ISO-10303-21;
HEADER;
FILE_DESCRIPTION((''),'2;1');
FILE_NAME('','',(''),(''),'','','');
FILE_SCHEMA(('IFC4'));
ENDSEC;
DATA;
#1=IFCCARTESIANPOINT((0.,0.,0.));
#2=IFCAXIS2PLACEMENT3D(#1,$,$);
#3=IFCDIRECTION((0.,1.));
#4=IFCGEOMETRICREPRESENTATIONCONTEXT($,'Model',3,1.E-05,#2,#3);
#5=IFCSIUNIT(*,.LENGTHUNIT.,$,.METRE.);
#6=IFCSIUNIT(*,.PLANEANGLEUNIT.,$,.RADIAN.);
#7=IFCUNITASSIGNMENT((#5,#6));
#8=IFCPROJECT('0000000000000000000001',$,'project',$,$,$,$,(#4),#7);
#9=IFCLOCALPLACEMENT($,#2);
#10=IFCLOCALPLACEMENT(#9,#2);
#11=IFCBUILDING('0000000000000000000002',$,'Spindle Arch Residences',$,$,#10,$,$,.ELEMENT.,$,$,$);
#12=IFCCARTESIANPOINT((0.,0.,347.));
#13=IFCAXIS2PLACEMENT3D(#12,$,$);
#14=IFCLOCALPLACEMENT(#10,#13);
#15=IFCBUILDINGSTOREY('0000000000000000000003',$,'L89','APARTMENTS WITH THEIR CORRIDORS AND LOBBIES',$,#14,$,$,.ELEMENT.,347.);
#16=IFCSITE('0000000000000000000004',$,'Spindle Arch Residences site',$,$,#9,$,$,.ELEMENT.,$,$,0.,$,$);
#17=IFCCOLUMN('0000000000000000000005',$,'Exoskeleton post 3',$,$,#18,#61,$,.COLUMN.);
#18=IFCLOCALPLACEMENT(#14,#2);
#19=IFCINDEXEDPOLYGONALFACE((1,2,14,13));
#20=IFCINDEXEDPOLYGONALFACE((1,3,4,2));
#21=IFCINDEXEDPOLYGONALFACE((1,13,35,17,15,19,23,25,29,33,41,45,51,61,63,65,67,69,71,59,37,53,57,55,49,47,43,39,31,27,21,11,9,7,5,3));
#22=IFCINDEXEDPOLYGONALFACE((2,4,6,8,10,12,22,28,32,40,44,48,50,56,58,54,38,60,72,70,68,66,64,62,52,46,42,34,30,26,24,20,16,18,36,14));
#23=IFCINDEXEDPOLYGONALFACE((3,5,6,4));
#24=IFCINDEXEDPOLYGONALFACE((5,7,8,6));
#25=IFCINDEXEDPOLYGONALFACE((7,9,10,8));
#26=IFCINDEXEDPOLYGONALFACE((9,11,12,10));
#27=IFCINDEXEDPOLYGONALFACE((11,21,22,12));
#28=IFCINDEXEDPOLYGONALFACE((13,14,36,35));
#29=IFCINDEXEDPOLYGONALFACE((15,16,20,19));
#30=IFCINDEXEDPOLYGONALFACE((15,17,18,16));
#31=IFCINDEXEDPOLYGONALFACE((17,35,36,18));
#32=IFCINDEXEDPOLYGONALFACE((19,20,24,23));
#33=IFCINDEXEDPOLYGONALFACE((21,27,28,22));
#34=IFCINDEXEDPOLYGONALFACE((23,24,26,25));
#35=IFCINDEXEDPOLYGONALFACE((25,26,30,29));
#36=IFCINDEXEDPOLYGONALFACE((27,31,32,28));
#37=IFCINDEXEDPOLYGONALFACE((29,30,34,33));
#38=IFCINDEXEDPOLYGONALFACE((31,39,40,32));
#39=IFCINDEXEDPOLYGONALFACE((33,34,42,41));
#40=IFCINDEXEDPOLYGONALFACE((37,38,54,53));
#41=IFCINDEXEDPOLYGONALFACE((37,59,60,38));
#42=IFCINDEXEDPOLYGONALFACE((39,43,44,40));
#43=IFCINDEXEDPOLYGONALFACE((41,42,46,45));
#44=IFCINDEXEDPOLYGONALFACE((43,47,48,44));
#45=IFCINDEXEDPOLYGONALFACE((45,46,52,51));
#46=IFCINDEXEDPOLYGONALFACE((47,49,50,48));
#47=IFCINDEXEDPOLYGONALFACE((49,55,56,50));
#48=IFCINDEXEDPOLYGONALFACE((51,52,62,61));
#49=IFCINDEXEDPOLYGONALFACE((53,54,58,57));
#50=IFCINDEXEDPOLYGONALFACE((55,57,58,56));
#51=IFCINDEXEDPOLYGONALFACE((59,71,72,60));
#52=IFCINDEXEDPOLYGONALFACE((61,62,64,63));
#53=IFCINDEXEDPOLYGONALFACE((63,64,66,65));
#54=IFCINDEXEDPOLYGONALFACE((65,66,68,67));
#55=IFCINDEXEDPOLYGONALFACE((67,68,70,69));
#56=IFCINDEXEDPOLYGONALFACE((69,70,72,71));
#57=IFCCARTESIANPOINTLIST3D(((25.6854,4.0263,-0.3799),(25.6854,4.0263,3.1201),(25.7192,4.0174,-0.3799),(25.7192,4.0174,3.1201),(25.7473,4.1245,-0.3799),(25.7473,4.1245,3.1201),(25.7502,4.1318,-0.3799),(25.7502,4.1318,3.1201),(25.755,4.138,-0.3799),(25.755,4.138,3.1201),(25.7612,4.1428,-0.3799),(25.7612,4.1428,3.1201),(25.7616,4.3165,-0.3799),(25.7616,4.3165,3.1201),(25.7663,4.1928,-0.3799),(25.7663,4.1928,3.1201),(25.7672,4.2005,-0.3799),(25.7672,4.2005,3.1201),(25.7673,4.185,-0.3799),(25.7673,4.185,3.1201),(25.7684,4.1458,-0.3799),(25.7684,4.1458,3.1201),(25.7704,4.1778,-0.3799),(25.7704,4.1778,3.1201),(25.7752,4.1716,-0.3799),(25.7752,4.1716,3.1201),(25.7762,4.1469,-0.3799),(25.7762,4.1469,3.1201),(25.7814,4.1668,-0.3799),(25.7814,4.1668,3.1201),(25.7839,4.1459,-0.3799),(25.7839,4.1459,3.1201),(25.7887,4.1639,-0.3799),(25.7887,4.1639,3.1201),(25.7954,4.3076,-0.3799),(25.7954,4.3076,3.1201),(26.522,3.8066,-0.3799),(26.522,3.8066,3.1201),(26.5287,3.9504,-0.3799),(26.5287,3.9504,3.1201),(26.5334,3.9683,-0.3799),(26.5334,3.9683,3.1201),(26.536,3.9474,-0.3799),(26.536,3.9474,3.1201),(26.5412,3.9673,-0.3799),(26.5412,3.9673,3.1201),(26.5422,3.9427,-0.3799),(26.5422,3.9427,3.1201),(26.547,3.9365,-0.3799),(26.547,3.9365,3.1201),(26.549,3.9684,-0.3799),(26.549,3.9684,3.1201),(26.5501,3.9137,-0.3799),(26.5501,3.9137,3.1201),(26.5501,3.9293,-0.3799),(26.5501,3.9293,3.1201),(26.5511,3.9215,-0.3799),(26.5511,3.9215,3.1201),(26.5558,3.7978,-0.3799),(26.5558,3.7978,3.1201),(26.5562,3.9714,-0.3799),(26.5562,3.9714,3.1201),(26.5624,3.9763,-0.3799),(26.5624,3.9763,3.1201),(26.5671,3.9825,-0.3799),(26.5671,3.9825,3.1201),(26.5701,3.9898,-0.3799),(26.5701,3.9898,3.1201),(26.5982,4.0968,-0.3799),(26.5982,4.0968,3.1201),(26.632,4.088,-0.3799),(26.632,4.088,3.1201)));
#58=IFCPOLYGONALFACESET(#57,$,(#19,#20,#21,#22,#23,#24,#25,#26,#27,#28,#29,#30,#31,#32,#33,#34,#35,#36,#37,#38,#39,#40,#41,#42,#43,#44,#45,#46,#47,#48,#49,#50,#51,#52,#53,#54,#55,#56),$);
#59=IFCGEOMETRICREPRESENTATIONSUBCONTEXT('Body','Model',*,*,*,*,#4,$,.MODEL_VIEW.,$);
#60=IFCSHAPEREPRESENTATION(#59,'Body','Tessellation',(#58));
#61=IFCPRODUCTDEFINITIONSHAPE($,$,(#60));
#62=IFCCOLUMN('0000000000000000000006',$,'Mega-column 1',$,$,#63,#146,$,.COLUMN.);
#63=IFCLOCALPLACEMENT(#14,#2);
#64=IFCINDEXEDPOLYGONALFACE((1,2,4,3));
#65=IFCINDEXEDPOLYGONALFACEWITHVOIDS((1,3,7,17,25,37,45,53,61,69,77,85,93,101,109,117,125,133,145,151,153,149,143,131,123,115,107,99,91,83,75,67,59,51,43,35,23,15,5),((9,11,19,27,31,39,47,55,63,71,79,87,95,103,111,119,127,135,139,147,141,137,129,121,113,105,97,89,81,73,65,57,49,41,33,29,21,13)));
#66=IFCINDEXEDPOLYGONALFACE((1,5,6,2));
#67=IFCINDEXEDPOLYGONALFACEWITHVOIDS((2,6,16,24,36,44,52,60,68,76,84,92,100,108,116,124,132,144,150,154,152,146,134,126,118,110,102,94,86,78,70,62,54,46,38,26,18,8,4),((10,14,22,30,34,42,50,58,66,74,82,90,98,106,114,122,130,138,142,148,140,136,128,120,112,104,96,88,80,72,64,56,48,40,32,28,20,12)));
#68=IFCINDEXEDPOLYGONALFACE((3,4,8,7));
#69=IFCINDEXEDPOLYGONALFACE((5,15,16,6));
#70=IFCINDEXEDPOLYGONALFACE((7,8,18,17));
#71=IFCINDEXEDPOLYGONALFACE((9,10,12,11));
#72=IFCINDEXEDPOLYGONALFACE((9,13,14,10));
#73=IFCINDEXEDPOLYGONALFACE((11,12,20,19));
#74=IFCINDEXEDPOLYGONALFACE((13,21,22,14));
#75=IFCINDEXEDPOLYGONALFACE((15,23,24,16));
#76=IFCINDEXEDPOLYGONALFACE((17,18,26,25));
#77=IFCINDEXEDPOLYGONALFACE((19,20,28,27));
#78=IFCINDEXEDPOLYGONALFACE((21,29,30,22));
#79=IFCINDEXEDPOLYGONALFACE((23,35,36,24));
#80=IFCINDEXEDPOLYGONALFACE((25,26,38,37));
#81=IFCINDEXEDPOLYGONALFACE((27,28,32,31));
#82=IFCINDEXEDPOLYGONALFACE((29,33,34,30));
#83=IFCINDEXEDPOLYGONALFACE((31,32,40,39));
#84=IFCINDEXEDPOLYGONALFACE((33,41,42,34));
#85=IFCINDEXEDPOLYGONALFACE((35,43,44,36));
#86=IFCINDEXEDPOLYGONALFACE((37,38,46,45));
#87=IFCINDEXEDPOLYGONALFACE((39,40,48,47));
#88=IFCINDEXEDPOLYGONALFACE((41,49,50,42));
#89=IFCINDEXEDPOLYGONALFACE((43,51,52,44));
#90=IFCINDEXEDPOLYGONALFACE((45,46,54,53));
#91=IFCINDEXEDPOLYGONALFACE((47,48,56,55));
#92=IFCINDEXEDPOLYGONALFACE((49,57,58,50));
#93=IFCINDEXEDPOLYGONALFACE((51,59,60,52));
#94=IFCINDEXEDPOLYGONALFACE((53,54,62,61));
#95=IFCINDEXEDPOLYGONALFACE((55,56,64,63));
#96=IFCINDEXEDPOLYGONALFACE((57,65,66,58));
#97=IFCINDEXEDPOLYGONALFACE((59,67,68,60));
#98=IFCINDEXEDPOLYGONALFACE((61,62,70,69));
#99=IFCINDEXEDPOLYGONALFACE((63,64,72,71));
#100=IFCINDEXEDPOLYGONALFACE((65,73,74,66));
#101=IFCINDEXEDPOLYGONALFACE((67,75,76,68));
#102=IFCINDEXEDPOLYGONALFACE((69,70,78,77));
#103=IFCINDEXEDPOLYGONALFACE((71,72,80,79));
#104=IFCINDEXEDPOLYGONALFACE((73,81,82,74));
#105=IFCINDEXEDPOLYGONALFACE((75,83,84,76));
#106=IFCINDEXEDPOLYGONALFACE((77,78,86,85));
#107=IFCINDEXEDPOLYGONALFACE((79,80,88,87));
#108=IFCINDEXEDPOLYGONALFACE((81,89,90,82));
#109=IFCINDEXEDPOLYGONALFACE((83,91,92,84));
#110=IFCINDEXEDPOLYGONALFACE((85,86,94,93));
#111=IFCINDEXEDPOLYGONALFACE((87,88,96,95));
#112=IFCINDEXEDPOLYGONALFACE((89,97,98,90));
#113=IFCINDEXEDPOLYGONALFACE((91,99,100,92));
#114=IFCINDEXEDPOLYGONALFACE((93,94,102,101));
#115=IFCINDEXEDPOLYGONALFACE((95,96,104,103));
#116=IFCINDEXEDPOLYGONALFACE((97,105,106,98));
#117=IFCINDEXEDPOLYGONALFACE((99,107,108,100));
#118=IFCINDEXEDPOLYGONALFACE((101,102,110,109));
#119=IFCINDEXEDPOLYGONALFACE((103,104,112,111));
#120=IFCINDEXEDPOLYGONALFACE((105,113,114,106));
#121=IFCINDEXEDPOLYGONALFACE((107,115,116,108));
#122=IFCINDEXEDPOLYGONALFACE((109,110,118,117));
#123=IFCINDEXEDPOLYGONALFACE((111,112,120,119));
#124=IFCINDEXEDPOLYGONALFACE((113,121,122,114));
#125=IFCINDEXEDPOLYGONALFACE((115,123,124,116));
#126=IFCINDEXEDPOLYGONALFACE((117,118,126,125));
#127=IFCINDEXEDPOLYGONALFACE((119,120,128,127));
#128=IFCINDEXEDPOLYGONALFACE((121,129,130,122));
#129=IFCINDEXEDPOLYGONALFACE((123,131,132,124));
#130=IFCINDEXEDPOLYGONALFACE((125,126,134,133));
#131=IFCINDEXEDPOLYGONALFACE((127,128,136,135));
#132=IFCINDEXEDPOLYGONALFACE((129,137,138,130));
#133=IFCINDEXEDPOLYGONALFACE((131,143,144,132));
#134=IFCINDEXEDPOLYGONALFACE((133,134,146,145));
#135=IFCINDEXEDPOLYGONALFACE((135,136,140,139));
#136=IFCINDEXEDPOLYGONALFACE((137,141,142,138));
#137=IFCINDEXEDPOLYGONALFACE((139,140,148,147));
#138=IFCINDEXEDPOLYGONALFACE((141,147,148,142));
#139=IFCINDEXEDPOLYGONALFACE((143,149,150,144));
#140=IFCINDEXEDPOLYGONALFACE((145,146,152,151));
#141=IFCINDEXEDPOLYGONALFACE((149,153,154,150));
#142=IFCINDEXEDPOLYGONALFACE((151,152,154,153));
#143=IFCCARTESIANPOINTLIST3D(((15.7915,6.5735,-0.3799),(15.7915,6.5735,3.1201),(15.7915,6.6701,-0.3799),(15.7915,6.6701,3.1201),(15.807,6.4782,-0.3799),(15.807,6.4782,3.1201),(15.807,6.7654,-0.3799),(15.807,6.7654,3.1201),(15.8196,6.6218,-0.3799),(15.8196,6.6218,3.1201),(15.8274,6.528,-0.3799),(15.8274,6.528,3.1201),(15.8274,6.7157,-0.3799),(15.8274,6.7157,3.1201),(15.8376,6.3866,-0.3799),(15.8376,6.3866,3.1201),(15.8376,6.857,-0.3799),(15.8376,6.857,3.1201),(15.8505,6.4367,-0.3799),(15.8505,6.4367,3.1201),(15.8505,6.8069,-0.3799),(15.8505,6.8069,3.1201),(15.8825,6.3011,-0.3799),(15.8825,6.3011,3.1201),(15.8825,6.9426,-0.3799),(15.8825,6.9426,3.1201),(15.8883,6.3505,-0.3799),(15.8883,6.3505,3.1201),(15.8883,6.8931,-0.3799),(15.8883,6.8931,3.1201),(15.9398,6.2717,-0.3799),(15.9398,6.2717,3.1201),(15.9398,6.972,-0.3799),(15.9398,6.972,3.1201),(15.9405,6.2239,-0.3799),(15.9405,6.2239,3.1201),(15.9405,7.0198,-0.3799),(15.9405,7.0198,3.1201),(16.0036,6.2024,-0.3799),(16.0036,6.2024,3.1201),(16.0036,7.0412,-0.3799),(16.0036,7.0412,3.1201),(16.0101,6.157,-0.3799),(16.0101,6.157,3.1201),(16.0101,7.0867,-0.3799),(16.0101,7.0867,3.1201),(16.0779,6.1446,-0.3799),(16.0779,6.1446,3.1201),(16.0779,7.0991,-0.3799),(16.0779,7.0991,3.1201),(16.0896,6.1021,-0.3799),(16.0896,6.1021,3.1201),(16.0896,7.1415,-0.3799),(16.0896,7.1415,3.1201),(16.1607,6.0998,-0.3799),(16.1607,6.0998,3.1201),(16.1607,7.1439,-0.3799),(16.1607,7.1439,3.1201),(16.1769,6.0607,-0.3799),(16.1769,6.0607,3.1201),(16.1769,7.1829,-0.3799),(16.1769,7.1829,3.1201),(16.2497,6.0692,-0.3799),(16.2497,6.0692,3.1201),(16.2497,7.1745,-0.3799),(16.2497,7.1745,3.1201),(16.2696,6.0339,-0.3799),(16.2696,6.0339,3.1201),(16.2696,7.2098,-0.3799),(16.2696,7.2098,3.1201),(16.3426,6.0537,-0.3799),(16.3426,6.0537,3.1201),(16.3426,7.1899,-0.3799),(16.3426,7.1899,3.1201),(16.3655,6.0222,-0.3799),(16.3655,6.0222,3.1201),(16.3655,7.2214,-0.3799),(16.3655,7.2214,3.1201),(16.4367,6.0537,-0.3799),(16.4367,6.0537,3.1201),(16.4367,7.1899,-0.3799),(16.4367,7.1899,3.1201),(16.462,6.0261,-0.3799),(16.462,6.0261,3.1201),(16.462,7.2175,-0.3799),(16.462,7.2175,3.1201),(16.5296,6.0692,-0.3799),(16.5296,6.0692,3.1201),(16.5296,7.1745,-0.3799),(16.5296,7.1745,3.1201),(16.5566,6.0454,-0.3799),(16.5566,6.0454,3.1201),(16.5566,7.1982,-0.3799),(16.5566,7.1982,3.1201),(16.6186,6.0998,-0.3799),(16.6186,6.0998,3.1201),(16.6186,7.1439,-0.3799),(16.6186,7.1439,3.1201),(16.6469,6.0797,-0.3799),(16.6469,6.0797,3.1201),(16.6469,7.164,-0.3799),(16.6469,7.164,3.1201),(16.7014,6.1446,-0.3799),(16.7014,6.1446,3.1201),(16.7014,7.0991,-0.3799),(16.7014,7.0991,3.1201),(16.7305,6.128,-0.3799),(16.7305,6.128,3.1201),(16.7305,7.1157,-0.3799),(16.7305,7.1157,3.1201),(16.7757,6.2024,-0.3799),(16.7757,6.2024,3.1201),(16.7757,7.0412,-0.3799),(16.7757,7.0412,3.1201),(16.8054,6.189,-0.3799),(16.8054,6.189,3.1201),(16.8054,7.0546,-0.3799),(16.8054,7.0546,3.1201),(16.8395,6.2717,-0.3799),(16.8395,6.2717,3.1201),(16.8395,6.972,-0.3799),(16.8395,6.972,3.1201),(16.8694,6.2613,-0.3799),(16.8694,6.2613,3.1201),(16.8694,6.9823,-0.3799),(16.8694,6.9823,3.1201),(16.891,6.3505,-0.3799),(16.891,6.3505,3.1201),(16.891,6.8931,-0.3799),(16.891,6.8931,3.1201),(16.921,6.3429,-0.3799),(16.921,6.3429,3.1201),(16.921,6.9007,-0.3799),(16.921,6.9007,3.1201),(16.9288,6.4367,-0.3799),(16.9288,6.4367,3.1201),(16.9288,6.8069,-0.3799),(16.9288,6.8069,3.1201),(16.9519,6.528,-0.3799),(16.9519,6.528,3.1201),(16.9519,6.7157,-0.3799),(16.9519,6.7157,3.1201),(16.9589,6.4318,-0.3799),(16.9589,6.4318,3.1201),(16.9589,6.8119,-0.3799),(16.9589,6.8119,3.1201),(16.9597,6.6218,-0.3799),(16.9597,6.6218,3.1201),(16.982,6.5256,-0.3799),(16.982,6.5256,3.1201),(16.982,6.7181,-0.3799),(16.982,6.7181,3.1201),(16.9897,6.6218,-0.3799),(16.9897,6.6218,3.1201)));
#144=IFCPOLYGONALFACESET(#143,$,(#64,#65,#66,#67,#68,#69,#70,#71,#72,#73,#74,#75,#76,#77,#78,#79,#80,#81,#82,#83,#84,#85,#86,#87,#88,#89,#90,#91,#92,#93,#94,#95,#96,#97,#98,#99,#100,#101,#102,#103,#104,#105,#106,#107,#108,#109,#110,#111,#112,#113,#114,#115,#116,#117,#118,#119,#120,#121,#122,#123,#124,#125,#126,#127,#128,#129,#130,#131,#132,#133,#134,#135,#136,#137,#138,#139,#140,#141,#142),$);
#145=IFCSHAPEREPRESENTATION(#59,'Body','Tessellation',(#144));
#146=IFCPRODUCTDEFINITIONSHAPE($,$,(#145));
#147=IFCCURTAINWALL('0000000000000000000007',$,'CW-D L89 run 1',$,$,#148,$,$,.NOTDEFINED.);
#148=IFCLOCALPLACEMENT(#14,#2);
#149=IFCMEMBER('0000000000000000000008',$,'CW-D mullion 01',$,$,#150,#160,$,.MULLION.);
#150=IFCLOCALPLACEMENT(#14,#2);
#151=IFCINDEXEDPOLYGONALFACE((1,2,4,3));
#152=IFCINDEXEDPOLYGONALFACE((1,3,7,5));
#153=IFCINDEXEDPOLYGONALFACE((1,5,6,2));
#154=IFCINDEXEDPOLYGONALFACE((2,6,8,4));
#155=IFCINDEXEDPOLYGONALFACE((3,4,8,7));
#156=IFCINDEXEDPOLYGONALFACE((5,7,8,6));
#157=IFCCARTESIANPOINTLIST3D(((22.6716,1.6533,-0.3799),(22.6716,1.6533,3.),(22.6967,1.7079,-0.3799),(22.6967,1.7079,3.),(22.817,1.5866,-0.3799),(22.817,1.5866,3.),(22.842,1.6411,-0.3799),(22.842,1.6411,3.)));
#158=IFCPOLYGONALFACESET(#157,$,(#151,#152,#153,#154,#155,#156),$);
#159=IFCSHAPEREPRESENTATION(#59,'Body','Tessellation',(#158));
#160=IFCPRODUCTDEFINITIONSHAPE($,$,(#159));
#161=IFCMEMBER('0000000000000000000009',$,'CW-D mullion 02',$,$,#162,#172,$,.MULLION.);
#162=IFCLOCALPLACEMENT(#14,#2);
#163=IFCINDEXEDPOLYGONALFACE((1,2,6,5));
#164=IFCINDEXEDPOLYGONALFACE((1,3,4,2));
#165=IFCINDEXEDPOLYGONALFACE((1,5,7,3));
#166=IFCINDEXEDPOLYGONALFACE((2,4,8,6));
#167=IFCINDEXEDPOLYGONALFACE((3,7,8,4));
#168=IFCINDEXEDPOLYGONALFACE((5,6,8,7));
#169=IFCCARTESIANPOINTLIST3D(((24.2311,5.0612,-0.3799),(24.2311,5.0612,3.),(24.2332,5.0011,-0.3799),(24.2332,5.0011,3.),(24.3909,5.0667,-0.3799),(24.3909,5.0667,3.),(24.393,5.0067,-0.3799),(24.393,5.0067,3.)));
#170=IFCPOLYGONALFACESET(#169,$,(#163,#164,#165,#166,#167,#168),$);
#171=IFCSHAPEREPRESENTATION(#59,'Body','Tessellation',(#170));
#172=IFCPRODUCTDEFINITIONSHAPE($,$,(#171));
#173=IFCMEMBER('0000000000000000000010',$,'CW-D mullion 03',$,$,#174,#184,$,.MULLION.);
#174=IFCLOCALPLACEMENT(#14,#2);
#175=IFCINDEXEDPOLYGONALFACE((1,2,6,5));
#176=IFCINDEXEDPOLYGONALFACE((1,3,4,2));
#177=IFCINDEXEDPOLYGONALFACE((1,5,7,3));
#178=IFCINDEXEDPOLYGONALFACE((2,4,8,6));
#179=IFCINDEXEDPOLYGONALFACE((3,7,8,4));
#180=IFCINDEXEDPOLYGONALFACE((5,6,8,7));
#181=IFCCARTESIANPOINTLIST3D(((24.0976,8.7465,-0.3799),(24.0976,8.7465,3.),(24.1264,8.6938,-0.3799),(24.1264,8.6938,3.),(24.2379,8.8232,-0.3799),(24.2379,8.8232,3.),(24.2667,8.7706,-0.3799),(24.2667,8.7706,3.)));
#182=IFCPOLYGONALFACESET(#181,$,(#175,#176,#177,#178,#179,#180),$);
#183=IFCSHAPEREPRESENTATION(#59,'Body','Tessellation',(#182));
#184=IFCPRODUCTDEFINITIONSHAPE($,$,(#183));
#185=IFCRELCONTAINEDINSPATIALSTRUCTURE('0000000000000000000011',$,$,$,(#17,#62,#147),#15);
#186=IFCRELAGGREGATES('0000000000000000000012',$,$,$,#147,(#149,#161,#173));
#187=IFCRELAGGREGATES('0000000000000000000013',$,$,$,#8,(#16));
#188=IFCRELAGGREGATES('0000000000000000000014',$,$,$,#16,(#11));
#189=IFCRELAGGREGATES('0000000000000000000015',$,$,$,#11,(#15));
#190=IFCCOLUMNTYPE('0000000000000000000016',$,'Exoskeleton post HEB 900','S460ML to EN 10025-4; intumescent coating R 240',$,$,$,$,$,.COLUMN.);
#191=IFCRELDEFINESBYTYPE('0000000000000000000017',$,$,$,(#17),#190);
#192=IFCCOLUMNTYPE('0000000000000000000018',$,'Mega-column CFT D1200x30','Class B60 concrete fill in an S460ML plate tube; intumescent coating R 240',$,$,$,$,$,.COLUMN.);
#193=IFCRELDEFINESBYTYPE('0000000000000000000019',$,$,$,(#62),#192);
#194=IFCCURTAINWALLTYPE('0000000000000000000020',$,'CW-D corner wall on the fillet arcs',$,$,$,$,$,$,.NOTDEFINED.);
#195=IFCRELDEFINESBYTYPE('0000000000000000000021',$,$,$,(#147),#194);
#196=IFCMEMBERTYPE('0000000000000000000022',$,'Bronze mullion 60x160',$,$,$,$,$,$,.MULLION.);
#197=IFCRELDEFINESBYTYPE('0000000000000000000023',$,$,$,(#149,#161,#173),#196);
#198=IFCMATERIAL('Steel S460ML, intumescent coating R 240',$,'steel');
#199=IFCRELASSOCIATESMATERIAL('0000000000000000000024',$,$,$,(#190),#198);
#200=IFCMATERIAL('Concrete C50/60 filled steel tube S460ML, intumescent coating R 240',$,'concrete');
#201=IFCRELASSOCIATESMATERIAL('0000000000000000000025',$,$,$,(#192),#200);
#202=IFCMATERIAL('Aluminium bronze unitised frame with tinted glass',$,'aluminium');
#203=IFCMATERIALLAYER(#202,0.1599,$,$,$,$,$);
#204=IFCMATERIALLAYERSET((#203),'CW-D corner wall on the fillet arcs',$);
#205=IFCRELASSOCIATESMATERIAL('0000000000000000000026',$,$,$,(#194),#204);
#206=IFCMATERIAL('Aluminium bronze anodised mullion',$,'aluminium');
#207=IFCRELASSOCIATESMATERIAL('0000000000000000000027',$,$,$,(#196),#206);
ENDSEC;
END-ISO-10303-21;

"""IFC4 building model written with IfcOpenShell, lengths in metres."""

from ifc_helpers import new_model, si_unit, direction, frame, origin, origin_2d, place, context, subcontext, project, spatial, rectangle, hollow_circle, i_section, extrude, material, layer, layer_set, material_profile, profile_set, type_object, element, aggregate, save


model = new_model("IFC4")

# Units and contexts
model_context = context("Model", 3, precision=1e-05, world=origin(), true_north=direction((0.0, 1.0)))
body_context = subcontext(model_context, "Body", "Model", "MODEL_VIEW")
ifc_project = project(units=[si_unit("LENGTHUNIT", "METRE"), si_unit("PLANEANGLEUNIT", "RADIAN")], contexts=[model_context])

# Site, building, storey
site_placement = place(None, origin())
site = spatial("IfcSite", under=ifc_project, at=site_placement, Name="Spindle Arch Residences site", CompositionType="ELEMENT", RefElevation=0.0)
building_placement = place(site_placement, origin())
building = spatial("IfcBuilding", under=site, at=building_placement, Name="Spindle Arch Residences", CompositionType="ELEMENT")
storey_placement = place(building_placement, frame((0.0, 0.0, 347.0)))
storey = spatial("IfcBuildingStorey", under=building, at=storey_placement, Name="L89", Description="APARTMENTS WITH THEIR CORRIDORS AND LOBBIES", CompositionType="ELEMENT", Elevation=347.0)

# Columns
ifc_material_1 = material(Name="Steel S460ML, intumescent coating R 240", Category="steel")
ifc_material_profile_1 = material_profile(ifc_material_1, i_section(OverallWidth=0.3, OverallDepth=0.8999, WebThickness=0.0186, FlangeThickness=0.0349, FilletRadius=0.03, at=origin_2d()), Name="HEB 900")
ifc_profile_set_1 = profile_set([ifc_material_profile_1], Name="Steel S460ML, intumescent coating R 240")
column_type_1 = type_object("IfcColumnType", Name="Exoskeleton post HEB 900", Description="S460ML to EN 10025-4; intumescent coating R 240", PredefinedType="COLUMN", material=ifc_profile_set_1)
column_1_placement = place(storey_placement, frame((26.1587, 4.0571, -0.3799), z_axis=(0.0, 0.0, 1.0), x_axis=(-0.253941, -0.96722, 0.0)))
element("IfcColumn", 1, at=column_1_placement, inside=storey, type_object=column_type_1, Name="Exoskeleton post 3", PredefinedType="COLUMN", context=body_context, shape_type="SweptSolid", body=[
    extrude(i_section(OverallWidth=0.3, OverallDepth=0.8999, WebThickness=0.0186, FlangeThickness=0.0349, FilletRadius=0.03, at=origin_2d()), origin(), (0.0, 0.0, 1.0), 3.5),
])
ifc_material_2 = material(Name="Concrete C50/60 filled steel tube S460ML, intumescent coating R 240", Category="concrete")
ifc_material_profile_2 = material_profile(ifc_material_2, hollow_circle(Radius=0.6001, WallThickness=0.03, at=origin_2d()), Name="CFT D1200x30")
ifc_profile_set_2 = profile_set([ifc_material_profile_2], Name="Concrete C50/60 filled steel tube S460ML, intumescent coating R 240")
column_type_2 = type_object("IfcColumnType", Name="Mega-column CFT D1200x30", Description="Class B60 concrete fill in an S460ML plate tube; intumescent coating R 240", PredefinedType="COLUMN", material=ifc_profile_set_2)
column_2_placement = place(storey_placement, frame((16.3896, 6.6218, -0.3799), z_axis=(0.0, 0.0, 1.0), x_axis=(1.0, 0.0, 0.0)))
element("IfcColumn", 2, at=column_2_placement, inside=storey, type_object=column_type_2, Name="Mega-column 1", PredefinedType="COLUMN", context=body_context, shape_type="SweptSolid", body=[
    extrude(hollow_circle(Radius=0.6001, WallThickness=0.03, at=origin_2d()), origin(), (0.0, 0.0, 1.0), 3.5),
])

# Curtain wall, members
ifc_material_3 = material(Name="Aluminium bronze unitised frame with tinted glass", Category="aluminium")
ifc_layer_1 = layer(ifc_material_3, 0.1599)
ifc_layer_set_1 = layer_set([ifc_layer_1], Name="CW-D corner wall on the fillet arcs")
curtain_wall_type = type_object("IfcCurtainWallType", Name="CW-D corner wall on the fillet arcs", PredefinedType="NOTDEFINED", material=ifc_layer_set_1)
curtain_wall_placement = place(storey_placement, origin())
curtain_wall = element("IfcCurtainWall", 3, at=curtain_wall_placement, inside=storey, type_object=curtain_wall_type, Name="CW-D L89 run 1", PredefinedType="NOTDEFINED")
ifc_material_4 = material(Name="Aluminium bronze anodised mullion", Category="aluminium")
ifc_material_profile_3 = material_profile(ifc_material_4, rectangle(XDim=0.1599, YDim=0.0601, at=origin_2d()), Name="MU 60x160")
ifc_profile_set_3 = profile_set([ifc_material_profile_3], Name="Aluminium bronze anodised mullion")
member_type_1 = type_object("IfcMemberType", Name="Bronze mullion 60x160", PredefinedType="MULLION", material=ifc_profile_set_3)
member_1_placement = place(storey_placement, frame((22.7568, 1.6472, -0.3799), z_axis=(0.0, 0.0, 1.0), x_axis=(-0.908751, 0.417338, 0.0)))
member_1 = element("IfcMember", 4, at=member_1_placement, type_object=member_type_1, Name="CW-D mullion 01", PredefinedType="MULLION", context=body_context, shape_type="SweptSolid", body=[
    extrude(rectangle(XDim=0.1599, YDim=0.0601, at=origin_2d()), origin(), (0.0, 0.0, 1.0), 3.3799),
])
member_2_placement = place(storey_placement, frame((24.312, 5.0339, -0.3799), z_axis=(0.0, 0.0, 1.0), x_axis=(-0.999391, -0.034899, 0.0)))
member_2 = element("IfcMember", 5, at=member_2_placement, type_object=member_type_1, Name="CW-D mullion 02", PredefinedType="MULLION", context=body_context, shape_type="SweptSolid", body=[
    extrude(rectangle(XDim=0.1599, YDim=0.0601, at=origin_2d()), origin(), (0.0, 0.0, 1.0), 3.3799),
])
member_3_placement = place(storey_placement, frame((24.1821, 8.7585, -0.3799), z_axis=(0.0, 0.0, 1.0), x_axis=(-0.877425, -0.479713, 0.0)))
member_3 = element("IfcMember", 6, at=member_3_placement, type_object=member_type_1, Name="CW-D mullion 03", PredefinedType="MULLION", context=body_context, shape_type="SweptSolid", body=[
    extrude(rectangle(XDim=0.1599, YDim=0.0601, at=origin_2d()), origin(), (0.0, 0.0, 1.0), 3.3799),
])

aggregate(curtain_wall, [member_1, member_2, member_3])

save(model, "model.ifc")
